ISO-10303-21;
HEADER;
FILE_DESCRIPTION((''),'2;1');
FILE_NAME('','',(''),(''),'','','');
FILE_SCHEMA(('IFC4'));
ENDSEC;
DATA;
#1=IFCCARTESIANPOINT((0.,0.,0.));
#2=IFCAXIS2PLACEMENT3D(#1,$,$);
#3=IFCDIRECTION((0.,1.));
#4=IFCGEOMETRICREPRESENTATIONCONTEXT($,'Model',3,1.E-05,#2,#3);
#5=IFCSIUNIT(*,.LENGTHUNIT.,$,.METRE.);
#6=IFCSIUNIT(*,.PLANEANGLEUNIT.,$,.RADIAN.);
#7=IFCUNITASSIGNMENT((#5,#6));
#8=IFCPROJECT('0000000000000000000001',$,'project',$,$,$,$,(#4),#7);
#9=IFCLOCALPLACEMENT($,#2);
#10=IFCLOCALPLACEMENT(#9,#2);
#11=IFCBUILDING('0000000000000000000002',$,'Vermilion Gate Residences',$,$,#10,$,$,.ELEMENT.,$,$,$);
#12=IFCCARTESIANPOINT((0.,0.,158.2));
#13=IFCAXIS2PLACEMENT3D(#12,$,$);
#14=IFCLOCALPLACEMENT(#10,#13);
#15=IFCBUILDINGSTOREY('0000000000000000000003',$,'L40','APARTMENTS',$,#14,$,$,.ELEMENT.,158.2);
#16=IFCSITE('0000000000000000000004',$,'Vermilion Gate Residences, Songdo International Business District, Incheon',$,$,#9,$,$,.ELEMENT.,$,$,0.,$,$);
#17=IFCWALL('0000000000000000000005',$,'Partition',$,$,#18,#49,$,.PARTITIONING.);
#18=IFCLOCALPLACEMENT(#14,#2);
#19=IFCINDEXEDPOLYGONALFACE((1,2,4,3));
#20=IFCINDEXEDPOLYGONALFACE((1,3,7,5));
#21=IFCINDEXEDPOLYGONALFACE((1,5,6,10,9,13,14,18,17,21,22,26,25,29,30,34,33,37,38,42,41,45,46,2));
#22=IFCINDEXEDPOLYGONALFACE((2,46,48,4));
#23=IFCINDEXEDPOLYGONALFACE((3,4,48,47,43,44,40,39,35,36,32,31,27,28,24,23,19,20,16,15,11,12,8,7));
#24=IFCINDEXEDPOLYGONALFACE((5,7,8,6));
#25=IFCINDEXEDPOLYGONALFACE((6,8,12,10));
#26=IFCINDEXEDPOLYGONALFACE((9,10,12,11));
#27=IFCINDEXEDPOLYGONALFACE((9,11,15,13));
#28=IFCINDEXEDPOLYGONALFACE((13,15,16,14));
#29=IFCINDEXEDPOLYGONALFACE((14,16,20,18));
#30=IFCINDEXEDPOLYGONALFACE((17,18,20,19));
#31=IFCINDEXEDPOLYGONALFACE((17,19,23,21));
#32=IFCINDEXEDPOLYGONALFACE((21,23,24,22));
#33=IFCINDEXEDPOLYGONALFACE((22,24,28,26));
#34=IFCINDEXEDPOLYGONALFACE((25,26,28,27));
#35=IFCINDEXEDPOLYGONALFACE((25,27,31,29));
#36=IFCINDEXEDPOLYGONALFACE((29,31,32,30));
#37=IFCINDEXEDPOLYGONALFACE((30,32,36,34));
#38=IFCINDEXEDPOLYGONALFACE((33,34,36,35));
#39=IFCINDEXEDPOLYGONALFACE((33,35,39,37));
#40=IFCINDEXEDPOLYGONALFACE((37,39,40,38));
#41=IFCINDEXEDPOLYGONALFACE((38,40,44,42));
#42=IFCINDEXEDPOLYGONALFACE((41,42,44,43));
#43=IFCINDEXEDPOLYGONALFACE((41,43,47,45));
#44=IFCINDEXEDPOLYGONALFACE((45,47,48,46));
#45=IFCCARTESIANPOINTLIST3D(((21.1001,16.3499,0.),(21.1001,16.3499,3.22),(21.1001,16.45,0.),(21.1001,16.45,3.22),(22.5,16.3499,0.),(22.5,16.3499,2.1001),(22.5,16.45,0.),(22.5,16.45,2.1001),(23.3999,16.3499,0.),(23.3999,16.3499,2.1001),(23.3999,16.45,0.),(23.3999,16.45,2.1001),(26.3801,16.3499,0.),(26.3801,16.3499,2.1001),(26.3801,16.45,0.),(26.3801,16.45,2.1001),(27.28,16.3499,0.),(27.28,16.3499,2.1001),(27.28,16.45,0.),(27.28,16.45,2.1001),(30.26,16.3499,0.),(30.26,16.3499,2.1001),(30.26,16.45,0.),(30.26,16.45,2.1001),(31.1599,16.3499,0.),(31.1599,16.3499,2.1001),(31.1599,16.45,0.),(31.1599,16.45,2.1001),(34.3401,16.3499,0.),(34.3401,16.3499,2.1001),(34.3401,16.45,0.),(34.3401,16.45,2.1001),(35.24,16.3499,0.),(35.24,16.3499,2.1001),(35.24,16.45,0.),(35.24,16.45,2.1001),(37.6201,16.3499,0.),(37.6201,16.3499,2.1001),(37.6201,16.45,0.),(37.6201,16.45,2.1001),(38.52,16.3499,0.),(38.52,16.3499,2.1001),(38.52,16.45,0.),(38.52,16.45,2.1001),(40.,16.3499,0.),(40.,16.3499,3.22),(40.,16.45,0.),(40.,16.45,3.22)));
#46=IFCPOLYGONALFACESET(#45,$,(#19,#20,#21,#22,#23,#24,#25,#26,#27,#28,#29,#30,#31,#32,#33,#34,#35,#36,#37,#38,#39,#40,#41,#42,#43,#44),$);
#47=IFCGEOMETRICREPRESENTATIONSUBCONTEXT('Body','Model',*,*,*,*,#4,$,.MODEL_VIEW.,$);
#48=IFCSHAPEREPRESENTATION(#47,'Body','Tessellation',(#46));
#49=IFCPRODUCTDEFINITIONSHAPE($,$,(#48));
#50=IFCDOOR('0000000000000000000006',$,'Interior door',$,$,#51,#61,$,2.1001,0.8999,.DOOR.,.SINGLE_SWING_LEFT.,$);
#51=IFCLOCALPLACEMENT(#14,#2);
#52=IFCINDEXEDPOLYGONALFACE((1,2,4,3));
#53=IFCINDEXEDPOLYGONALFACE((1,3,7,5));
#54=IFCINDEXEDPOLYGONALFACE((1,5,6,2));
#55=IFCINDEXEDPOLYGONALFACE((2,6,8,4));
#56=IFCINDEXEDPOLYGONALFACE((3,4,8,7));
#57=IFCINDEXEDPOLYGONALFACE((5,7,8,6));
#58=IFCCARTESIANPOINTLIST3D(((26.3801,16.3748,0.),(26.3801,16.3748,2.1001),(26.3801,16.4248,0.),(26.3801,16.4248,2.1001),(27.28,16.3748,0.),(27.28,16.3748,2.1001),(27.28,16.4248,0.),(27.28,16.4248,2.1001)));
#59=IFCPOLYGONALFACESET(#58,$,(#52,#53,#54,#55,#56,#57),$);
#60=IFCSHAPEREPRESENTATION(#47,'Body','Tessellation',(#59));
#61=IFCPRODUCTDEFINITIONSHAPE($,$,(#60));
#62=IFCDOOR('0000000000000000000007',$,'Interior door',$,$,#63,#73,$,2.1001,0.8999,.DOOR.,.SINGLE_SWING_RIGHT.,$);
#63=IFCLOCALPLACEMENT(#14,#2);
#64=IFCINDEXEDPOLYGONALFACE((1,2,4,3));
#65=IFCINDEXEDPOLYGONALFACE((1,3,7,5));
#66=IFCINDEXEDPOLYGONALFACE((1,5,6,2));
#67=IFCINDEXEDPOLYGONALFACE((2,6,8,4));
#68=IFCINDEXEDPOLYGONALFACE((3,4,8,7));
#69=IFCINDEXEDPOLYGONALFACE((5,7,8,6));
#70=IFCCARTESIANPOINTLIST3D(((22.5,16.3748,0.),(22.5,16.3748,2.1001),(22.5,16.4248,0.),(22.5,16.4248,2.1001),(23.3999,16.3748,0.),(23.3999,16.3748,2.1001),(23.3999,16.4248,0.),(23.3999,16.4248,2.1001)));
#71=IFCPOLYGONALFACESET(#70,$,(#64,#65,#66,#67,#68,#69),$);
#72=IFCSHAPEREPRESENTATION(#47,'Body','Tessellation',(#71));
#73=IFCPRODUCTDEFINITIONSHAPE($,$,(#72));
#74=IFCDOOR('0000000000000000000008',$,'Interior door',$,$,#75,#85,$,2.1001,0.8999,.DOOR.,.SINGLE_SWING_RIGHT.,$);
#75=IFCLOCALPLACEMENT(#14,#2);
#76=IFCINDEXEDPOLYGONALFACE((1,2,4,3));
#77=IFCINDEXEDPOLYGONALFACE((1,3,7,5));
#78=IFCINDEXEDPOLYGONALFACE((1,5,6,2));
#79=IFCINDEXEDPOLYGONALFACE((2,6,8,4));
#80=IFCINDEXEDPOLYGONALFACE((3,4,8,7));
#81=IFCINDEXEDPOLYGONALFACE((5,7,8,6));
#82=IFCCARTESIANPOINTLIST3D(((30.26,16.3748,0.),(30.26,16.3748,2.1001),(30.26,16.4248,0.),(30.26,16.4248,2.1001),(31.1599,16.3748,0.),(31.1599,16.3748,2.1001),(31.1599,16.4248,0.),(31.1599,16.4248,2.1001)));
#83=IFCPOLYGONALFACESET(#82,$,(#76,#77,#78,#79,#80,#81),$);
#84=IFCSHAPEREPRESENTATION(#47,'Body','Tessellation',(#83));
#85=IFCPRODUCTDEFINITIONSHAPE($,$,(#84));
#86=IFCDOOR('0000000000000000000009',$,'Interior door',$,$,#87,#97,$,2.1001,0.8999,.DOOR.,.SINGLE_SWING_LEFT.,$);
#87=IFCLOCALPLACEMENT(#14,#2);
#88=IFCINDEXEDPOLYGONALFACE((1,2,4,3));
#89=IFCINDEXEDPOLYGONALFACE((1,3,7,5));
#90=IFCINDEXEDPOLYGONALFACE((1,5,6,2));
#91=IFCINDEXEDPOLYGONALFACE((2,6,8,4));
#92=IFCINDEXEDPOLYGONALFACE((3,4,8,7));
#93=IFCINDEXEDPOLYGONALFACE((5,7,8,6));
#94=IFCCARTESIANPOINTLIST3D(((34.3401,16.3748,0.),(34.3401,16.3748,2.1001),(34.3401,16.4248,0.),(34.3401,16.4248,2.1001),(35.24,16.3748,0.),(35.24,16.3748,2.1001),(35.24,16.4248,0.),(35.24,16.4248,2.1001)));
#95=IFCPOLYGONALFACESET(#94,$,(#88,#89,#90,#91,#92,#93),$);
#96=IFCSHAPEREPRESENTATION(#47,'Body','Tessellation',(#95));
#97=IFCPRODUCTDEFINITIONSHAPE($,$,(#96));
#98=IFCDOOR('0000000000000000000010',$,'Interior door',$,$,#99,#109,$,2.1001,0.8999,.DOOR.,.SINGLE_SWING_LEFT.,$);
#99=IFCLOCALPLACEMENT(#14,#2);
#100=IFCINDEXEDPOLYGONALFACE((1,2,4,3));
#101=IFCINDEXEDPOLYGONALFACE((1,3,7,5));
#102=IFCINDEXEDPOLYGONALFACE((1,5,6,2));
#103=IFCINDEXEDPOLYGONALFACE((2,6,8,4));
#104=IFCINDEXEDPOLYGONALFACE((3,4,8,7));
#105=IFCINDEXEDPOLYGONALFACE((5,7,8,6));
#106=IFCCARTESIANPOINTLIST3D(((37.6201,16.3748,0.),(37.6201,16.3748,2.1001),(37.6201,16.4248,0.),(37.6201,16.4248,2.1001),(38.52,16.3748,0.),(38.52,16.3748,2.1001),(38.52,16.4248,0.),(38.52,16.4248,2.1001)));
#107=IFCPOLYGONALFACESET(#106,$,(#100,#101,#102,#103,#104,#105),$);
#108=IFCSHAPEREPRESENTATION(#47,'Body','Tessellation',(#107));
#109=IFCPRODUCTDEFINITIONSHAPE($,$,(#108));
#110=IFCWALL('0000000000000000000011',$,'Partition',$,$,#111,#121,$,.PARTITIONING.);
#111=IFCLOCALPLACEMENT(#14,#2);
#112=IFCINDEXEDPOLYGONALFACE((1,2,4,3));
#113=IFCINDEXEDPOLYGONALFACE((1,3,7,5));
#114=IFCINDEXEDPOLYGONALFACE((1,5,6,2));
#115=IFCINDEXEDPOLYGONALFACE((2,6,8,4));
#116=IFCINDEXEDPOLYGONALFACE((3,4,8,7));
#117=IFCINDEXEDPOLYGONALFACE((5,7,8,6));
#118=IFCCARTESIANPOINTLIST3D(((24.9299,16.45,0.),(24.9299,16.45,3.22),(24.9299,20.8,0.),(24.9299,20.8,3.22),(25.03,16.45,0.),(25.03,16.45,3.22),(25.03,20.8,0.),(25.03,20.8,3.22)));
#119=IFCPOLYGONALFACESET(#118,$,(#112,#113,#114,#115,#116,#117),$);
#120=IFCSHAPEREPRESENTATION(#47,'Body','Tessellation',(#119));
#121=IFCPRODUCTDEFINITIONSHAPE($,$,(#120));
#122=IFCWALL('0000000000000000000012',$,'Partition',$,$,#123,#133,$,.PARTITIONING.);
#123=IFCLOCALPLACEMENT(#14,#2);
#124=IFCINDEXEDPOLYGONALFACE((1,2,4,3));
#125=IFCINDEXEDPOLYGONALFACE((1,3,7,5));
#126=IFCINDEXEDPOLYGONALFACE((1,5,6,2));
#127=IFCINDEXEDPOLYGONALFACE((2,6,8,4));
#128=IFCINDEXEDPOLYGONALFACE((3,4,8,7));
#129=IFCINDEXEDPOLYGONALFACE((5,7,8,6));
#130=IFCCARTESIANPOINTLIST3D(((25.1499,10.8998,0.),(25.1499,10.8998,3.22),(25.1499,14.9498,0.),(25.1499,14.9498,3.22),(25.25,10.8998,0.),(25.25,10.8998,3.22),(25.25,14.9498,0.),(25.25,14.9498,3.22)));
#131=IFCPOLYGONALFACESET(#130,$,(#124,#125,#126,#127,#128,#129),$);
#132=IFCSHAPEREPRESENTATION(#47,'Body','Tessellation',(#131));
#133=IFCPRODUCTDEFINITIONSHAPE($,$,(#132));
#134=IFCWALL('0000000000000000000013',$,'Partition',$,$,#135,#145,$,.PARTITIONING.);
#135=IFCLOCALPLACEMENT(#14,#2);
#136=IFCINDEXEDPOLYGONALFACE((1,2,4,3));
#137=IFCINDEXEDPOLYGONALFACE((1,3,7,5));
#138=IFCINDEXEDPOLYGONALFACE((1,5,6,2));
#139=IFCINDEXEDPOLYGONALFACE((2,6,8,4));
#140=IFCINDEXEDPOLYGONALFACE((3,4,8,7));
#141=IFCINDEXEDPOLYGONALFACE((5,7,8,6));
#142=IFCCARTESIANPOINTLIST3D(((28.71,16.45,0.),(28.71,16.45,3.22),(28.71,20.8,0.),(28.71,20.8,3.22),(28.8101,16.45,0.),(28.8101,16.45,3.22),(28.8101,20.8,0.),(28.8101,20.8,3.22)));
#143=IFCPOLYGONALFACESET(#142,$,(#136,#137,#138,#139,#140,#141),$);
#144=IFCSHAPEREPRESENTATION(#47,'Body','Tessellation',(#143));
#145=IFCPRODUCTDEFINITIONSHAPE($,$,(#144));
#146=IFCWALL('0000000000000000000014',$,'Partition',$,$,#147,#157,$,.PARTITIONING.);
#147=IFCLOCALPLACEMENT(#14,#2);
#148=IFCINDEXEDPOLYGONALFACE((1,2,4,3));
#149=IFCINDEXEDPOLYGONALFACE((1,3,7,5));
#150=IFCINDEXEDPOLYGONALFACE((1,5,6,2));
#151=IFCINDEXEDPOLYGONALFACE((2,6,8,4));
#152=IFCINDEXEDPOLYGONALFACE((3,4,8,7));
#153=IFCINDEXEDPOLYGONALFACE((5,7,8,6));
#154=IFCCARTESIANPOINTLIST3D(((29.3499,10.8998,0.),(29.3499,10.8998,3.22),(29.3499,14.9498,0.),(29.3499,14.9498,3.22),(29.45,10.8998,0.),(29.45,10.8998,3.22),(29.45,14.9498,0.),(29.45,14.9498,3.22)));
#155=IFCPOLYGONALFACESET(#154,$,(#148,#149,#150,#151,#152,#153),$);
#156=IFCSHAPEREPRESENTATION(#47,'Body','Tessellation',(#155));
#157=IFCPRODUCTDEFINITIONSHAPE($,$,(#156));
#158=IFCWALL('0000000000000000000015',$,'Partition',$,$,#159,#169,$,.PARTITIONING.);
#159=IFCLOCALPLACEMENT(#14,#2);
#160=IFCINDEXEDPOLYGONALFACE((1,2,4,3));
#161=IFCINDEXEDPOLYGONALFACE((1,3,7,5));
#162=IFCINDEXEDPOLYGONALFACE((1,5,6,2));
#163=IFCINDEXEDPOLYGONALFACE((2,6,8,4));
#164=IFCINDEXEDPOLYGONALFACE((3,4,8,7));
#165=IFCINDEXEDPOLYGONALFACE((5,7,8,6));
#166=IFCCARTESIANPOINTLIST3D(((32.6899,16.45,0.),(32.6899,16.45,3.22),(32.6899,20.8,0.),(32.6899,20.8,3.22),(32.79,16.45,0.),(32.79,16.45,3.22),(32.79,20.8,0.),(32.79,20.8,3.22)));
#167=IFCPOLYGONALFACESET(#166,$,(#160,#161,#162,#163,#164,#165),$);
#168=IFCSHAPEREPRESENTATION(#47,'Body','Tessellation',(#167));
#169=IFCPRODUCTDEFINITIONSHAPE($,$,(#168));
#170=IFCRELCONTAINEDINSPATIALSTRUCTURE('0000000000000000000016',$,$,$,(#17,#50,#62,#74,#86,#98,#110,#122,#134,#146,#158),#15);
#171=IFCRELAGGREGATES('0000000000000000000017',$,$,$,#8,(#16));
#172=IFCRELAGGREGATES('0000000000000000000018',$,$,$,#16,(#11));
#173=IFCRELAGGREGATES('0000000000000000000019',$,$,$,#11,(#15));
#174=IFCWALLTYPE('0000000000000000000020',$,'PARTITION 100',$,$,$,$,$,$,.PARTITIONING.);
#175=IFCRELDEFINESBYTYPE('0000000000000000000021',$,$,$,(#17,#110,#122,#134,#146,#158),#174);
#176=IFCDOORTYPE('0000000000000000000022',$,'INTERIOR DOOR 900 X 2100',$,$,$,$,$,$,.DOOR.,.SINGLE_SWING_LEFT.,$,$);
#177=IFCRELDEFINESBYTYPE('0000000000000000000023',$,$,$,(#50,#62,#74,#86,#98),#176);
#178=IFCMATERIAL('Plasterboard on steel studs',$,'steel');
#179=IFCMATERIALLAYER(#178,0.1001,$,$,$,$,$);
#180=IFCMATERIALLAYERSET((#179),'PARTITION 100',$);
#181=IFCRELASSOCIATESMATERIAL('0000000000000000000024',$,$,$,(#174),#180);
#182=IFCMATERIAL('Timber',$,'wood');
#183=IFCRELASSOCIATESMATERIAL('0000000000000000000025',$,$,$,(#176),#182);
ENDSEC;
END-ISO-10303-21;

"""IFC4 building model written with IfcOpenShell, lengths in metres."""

from ifc_helpers import new_model, si_unit, direction, frame, frame_2d, origin, place, context, subcontext, project, spatial, rectangle, extrude, material, layer, layer_set, type_object, element, fill, save


model = new_model("IFC4")

# Units and contexts
model_context = context("Model", 3, precision=1e-05, world=origin(), true_north=direction((0.0, 1.0)))
body_context = subcontext(model_context, "Body", "Model", "MODEL_VIEW")
ifc_project = project(units=[si_unit("LENGTHUNIT", "METRE"), si_unit("PLANEANGLEUNIT", "RADIAN")], contexts=[model_context])

# Site, building, storey
site_placement = place(None, origin())
site = spatial("IfcSite", under=ifc_project, at=site_placement, Name="Vermilion Gate Residences, Songdo International Business District, Incheon", CompositionType="ELEMENT", RefElevation=0.0)
building_placement = place(site_placement, origin())
building = spatial("IfcBuilding", under=site, at=building_placement, Name="Vermilion Gate Residences", CompositionType="ELEMENT")
storey_placement = place(building_placement, frame((0.0, 0.0, 158.2)))
storey = spatial("IfcBuildingStorey", under=building, at=storey_placement, Name="L40", Description="APARTMENTS", CompositionType="ELEMENT", Elevation=158.2)

# Wall, openings, doors
ifc_material_1 = material(Name="Plasterboard on steel studs", Category="steel")
ifc_layer = layer(ifc_material_1, 0.1001)
ifc_layer_set = layer_set([ifc_layer], Name="PARTITION 100")
wall_type = type_object("IfcWallType", Name="PARTITION 100", PredefinedType="PARTITIONING", material=ifc_layer_set)
ifc_material_2 = material(Name="Timber", Category="wood")
door_type = type_object("IfcDoorType", Name="INTERIOR DOOR 900 X 2100", OperationType="SINGLE_SWING_LEFT", PredefinedType="DOOR", material=ifc_material_2)
wall_1_placement = place(storey_placement, frame((21.1001, 16.3999, 0.0), z_axis=(0.0, 0.0, 1.0), x_axis=(1.0, 0.0, 0.0)))
wall_1 = element("IfcWall", 1, at=wall_1_placement, inside=storey, type_object=wall_type, Name="Partition", PredefinedType="PARTITIONING", context=body_context, shape_type="SweptSolid", body=[
    extrude(rectangle(XDim=18.8999, YDim=0.1001, at=frame_2d((9.45, 0.0))), origin(), (0.0, 0.0, 1.0), 3.22),
])
opening_1_placement = place(wall_1_placement, frame((5.28, 0.0, 0.0)))
opening_1 = element("IfcOpeningElement", 2, at=opening_1_placement, cuts=wall_1, PredefinedType="OPENING", context=body_context, shape_type="SweptSolid", body=[
    extrude(rectangle(XDim=0.8999, YDim=2.1001, at=frame_2d((0.45, 1.05))), frame((0.0, 0.0601, 0.0), z_axis=(0.0, -1.0, 0.0), x_axis=(1.0, 0.0, 0.0)), (0.0, 0.0, 1.0), 0.1201),
])
opening_2_placement = place(wall_1_placement, frame((1.3999, 0.0, 0.0)))
opening_2 = element("IfcOpeningElement", 3, at=opening_2_placement, cuts=wall_1, PredefinedType="OPENING", context=body_context, shape_type="SweptSolid", body=[
    extrude(rectangle(XDim=0.8999, YDim=2.1001, at=frame_2d((0.45, 1.05))), frame((0.0, 0.0601, 0.0), z_axis=(0.0, -1.0, 0.0), x_axis=(1.0, 0.0, 0.0)), (0.0, 0.0, 1.0), 0.1201),
])
opening_3_placement = place(wall_1_placement, frame((9.1599, 0.0, 0.0)))
opening_3 = element("IfcOpeningElement", 4, at=opening_3_placement, cuts=wall_1, PredefinedType="OPENING", context=body_context, shape_type="SweptSolid", body=[
    extrude(rectangle(XDim=0.8999, YDim=2.1001, at=frame_2d((0.45, 1.05))), frame((0.0, 0.0601, 0.0), z_axis=(0.0, -1.0, 0.0), x_axis=(1.0, 0.0, 0.0)), (0.0, 0.0, 1.0), 0.1201),
])
opening_4_placement = place(wall_1_placement, frame((13.24, 0.0, 0.0)))
opening_4 = element("IfcOpeningElement", 5, at=opening_4_placement, cuts=wall_1, PredefinedType="OPENING", context=body_context, shape_type="SweptSolid", body=[
    extrude(rectangle(XDim=0.8999, YDim=2.1001, at=frame_2d((0.45, 1.05))), frame((0.0, 0.0601, 0.0), z_axis=(0.0, -1.0, 0.0), x_axis=(1.0, 0.0, 0.0)), (0.0, 0.0, 1.0), 0.1201),
])
opening_5_placement = place(wall_1_placement, frame((16.52, 0.0, 0.0)))
opening_5 = element("IfcOpeningElement", 6, at=opening_5_placement, cuts=wall_1, PredefinedType="OPENING", context=body_context, shape_type="SweptSolid", body=[
    extrude(rectangle(XDim=0.8999, YDim=2.1001, at=frame_2d((0.45, 1.05))), frame((0.0, 0.0601, 0.0), z_axis=(0.0, -1.0, 0.0), x_axis=(1.0, 0.0, 0.0)), (0.0, 0.0, 1.0), 0.1201),
])
door_1_placement = place(opening_1_placement, origin())
door_1 = element("IfcDoor", 7, at=door_1_placement, inside=storey, type_object=door_type, Name="Interior door", OperationType="SINGLE_SWING_LEFT", OverallHeight=2.1001, OverallWidth=0.8999, PredefinedType="DOOR", context=body_context, shape_type="SweptSolid", body=[
    extrude(rectangle(XDim=0.8999, YDim=2.1001, at=frame_2d((0.45, 1.05))), frame((0.0, 0.0249, 0.0), z_axis=(0.0, -1.0, 0.0), x_axis=(1.0, 0.0, 0.0)), (0.0, 0.0, 1.0), 0.05),
])
fill(opening_1, door_1)
door_2_placement = place(opening_2_placement, origin())
door_2 = element("IfcDoor", 8, at=door_2_placement, inside=storey, type_object=door_type, Name="Interior door", OperationType="SINGLE_SWING_RIGHT", OverallHeight=2.1001, OverallWidth=0.8999, PredefinedType="DOOR", context=body_context, shape_type="SweptSolid", body=[
    extrude(rectangle(XDim=0.8999, YDim=2.1001, at=frame_2d((0.45, 1.05))), frame((0.0, 0.0249, 0.0), z_axis=(0.0, -1.0, 0.0), x_axis=(1.0, 0.0, 0.0)), (0.0, 0.0, 1.0), 0.05),
])
fill(opening_2, door_2)
door_3_placement = place(opening_3_placement, origin())
door_3 = element("IfcDoor", 9, at=door_3_placement, inside=storey, type_object=door_type, Name="Interior door", OperationType="SINGLE_SWING_RIGHT", OverallHeight=2.1001, OverallWidth=0.8999, PredefinedType="DOOR", context=body_context, shape_type="SweptSolid", body=[
    extrude(rectangle(XDim=0.8999, YDim=2.1001, at=frame_2d((0.45, 1.05))), frame((0.0, 0.0249, 0.0), z_axis=(0.0, -1.0, 0.0), x_axis=(1.0, 0.0, 0.0)), (0.0, 0.0, 1.0), 0.05),
])
fill(opening_3, door_3)
door_4_placement = place(opening_4_placement, origin())
door_4 = element("IfcDoor", 10, at=door_4_placement, inside=storey, type_object=door_type, Name="Interior door", OperationType="SINGLE_SWING_LEFT", OverallHeight=2.1001, OverallWidth=0.8999, PredefinedType="DOOR", context=body_context, shape_type="SweptSolid", body=[
    extrude(rectangle(XDim=0.8999, YDim=2.1001, at=frame_2d((0.45, 1.05))), frame((0.0, 0.0249, 0.0), z_axis=(0.0, -1.0, 0.0), x_axis=(1.0, 0.0, 0.0)), (0.0, 0.0, 1.0), 0.05),
])
fill(opening_4, door_4)
door_5_placement = place(opening_5_placement, origin())
door_5 = element("IfcDoor", 11, at=door_5_placement, inside=storey, type_object=door_type, Name="Interior door", OperationType="SINGLE_SWING_LEFT", OverallHeight=2.1001, OverallWidth=0.8999, PredefinedType="DOOR", context=body_context, shape_type="SweptSolid", body=[
    extrude(rectangle(XDim=0.8999, YDim=2.1001, at=frame_2d((0.45, 1.05))), frame((0.0, 0.0249, 0.0), z_axis=(0.0, -1.0, 0.0), x_axis=(1.0, 0.0, 0.0)), (0.0, 0.0, 1.0), 0.05),
])
fill(opening_5, door_5)

# Walls
wall_2_placement = place(storey_placement, frame((24.98, 16.45, 0.0), z_axis=(0.0, 0.0, 1.0), x_axis=(0.0, 1.0, 0.0)))
element("IfcWall", 12, at=wall_2_placement, inside=storey, type_object=wall_type, Name="Partition", PredefinedType="PARTITIONING", context=body_context, shape_type="SweptSolid", body=[
    extrude(rectangle(XDim=4.3501, YDim=0.1001, at=frame_2d((2.175, 0.0))), origin(), (0.0, 0.0, 1.0), 3.22),
])
wall_3_placement = place(storey_placement, frame((25.2, 10.8999, 0.0), z_axis=(0.0, 0.0, 1.0), x_axis=(0.0, 1.0, 0.0)))
element("IfcWall", 13, at=wall_3_placement, inside=storey, type_object=wall_type, Name="Partition", PredefinedType="PARTITIONING", context=body_context, shape_type="SweptSolid", body=[
    extrude(rectangle(XDim=4.05, YDim=0.1001, at=frame_2d((2.0249, 0.0))), origin(), (0.0, 0.0, 1.0), 3.22),
])
wall_4_placement = place(storey_placement, frame((28.76, 16.45, 0.0), z_axis=(0.0, 0.0, 1.0), x_axis=(0.0, 1.0, 0.0)))
element("IfcWall", 14, at=wall_4_placement, inside=storey, type_object=wall_type, Name="Partition", PredefinedType="PARTITIONING", context=body_context, shape_type="SweptSolid", body=[
    extrude(rectangle(XDim=4.3501, YDim=0.1001, at=frame_2d((2.175, 0.0))), origin(), (0.0, 0.0, 1.0), 3.22),
])
wall_5_placement = place(storey_placement, frame((29.3999, 10.8999, 0.0), z_axis=(0.0, 0.0, 1.0), x_axis=(0.0, 1.0, 0.0)))
element("IfcWall", 15, at=wall_5_placement, inside=storey, type_object=wall_type, Name="Partition", PredefinedType="PARTITIONING", context=body_context, shape_type="SweptSolid", body=[
    extrude(rectangle(XDim=4.05, YDim=0.1001, at=frame_2d((2.0249, 0.0))), origin(), (0.0, 0.0, 1.0), 3.22),
])
wall_6_placement = place(storey_placement, frame((32.74, 16.45, 0.0), z_axis=(0.0, 0.0, 1.0), x_axis=(0.0, 1.0, 0.0)))
element("IfcWall", 16, at=wall_6_placement, inside=storey, type_object=wall_type, Name="Partition", PredefinedType="PARTITIONING", context=body_context, shape_type="SweptSolid", body=[
    extrude(rectangle(XDim=4.3501, YDim=0.1001, at=frame_2d((2.175, 0.0))), origin(), (0.0, 0.0, 1.0), 3.22),
])

save(model, "model.ifc")
